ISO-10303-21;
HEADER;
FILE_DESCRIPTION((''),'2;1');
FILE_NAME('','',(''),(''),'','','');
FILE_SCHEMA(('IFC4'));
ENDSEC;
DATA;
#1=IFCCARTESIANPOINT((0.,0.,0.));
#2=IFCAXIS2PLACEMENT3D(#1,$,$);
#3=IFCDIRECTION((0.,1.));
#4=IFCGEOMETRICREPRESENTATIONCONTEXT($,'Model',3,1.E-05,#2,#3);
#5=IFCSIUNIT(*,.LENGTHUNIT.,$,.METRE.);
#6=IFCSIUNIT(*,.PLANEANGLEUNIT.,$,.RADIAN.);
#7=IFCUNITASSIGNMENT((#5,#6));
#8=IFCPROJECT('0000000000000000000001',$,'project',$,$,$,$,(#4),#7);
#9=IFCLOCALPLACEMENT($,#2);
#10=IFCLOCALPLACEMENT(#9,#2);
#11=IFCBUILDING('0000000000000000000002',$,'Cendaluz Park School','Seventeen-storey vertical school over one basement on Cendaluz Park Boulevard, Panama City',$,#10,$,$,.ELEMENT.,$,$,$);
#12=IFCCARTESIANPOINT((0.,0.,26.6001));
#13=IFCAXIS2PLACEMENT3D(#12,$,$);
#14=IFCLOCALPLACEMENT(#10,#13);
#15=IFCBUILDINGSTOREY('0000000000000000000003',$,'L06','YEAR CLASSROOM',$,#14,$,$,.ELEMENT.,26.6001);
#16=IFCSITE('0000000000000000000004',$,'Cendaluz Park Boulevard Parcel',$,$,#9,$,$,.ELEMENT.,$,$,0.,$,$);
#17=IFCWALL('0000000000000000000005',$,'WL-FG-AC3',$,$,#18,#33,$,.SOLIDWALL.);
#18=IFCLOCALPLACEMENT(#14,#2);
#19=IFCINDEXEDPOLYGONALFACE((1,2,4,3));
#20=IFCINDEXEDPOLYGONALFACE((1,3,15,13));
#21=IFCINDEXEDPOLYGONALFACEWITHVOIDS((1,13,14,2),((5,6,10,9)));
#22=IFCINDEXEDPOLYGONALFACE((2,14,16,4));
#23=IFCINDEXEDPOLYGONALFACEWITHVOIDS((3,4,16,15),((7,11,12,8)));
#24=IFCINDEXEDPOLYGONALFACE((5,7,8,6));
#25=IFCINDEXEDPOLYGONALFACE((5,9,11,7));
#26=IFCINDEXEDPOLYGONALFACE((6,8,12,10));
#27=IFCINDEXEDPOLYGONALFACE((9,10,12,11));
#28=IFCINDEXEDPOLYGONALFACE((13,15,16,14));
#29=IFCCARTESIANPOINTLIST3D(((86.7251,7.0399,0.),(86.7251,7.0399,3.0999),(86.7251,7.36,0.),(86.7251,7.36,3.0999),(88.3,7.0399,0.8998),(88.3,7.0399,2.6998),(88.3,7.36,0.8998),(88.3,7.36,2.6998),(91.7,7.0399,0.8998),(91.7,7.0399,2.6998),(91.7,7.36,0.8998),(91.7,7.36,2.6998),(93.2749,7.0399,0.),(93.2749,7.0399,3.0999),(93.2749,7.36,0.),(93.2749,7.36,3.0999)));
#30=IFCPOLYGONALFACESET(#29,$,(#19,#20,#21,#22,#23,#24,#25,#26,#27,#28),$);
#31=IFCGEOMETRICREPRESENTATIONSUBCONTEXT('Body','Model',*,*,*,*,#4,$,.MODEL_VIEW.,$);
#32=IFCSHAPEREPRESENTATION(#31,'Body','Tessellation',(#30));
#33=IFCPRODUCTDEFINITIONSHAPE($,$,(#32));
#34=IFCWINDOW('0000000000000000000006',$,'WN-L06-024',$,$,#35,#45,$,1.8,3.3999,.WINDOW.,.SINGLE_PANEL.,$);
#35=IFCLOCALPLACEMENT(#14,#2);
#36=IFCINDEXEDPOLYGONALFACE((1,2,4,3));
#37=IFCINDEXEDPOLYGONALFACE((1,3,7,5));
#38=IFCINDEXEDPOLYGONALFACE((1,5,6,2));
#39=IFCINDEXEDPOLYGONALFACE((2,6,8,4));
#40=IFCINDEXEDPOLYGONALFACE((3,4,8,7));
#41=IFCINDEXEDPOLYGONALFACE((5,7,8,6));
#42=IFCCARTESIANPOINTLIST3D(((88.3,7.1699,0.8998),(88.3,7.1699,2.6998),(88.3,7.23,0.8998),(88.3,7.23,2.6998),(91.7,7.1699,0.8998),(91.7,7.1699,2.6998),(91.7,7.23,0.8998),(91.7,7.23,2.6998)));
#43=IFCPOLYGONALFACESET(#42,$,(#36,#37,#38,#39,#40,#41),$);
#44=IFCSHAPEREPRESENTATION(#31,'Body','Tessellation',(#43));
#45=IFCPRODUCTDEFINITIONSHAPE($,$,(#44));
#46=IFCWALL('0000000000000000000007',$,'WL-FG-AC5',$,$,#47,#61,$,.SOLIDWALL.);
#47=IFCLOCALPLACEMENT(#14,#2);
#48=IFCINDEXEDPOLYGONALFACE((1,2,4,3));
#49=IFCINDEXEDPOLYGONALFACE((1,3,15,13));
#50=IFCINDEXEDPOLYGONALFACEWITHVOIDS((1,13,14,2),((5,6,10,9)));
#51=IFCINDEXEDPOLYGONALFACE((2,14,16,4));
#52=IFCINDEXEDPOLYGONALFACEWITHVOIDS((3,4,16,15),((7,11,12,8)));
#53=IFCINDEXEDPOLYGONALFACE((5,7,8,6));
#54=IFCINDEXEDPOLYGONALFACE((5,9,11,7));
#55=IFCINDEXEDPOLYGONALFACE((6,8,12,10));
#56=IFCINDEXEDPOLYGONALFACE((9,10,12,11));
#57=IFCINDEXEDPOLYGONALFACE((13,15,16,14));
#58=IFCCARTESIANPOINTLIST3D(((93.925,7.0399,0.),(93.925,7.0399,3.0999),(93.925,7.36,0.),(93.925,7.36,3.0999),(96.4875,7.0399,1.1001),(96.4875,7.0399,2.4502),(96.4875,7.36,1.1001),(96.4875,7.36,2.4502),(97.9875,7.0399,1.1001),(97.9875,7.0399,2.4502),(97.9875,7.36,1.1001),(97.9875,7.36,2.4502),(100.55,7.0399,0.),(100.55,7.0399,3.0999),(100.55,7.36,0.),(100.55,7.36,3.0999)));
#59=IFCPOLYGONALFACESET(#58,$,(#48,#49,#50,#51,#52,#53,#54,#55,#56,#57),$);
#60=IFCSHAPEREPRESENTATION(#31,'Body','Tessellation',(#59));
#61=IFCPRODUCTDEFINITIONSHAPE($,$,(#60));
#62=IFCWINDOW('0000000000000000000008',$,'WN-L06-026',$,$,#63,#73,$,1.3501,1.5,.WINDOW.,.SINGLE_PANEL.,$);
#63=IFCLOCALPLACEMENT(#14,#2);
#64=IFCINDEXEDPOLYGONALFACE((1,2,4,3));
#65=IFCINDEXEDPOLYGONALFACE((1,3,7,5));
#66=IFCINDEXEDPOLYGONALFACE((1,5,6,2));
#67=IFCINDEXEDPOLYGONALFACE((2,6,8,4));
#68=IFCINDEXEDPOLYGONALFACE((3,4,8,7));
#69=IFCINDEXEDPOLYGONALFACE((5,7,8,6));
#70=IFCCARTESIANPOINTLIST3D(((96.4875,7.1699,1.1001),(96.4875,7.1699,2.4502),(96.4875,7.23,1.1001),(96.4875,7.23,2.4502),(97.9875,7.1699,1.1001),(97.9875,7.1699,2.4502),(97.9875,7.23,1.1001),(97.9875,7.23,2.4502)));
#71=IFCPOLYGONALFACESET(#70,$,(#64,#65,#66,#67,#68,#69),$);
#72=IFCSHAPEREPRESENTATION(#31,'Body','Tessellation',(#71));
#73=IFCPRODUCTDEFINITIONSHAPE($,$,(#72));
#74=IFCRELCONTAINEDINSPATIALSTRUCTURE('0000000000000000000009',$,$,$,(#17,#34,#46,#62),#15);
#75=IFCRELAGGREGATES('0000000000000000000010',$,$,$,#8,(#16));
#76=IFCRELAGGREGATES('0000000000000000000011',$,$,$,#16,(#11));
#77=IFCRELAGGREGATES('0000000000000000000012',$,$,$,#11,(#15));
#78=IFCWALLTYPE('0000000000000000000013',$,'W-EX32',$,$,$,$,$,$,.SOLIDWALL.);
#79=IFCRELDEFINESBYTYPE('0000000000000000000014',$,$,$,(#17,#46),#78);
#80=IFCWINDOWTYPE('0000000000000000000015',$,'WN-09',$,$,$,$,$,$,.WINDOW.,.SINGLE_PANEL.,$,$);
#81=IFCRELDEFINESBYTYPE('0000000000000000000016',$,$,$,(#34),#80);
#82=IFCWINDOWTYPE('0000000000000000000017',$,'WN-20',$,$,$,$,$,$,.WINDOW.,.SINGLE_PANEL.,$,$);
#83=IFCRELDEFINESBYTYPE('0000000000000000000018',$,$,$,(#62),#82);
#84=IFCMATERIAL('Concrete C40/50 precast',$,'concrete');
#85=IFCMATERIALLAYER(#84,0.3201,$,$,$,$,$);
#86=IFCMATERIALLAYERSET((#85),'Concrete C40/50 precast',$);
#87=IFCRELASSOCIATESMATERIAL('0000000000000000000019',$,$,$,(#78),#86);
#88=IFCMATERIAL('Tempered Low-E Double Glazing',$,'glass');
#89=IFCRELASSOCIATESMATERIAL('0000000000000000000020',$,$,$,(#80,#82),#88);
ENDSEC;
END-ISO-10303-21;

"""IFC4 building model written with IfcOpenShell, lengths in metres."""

from ifc_helpers import new_model, si_unit, direction, frame, frame_2d, origin, place, context, subcontext, project, spatial, rectangle, extrude, material, layer, layer_set, type_object, element, fill, save


model = new_model("IFC4")

# Units and contexts
model_context = context("Model", 3, precision=1e-05, world=origin(), true_north=direction((0.0, 1.0)))
body_context = subcontext(model_context, "Body", "Model", "MODEL_VIEW")
ifc_project = project(units=[si_unit("LENGTHUNIT", "METRE"), si_unit("PLANEANGLEUNIT", "RADIAN")], contexts=[model_context])

# Site, building, storey
site_placement = place(None, origin())
site = spatial("IfcSite", under=ifc_project, at=site_placement, Name="Cendaluz Park Boulevard Parcel", CompositionType="ELEMENT", RefElevation=0.0)
building_placement = place(site_placement, origin())
building = spatial("IfcBuilding", under=site, at=building_placement, Name="Cendaluz Park School", Description="Seventeen-storey vertical school over one basement on Cendaluz Park Boulevard, Panama City", CompositionType="ELEMENT")
storey_placement = place(building_placement, frame((0.0, 0.0, 26.6001)))
storey = spatial("IfcBuildingStorey", under=building, at=storey_placement, Name="L06", Description="YEAR CLASSROOM", CompositionType="ELEMENT", Elevation=26.6001)

# Walls, openings, windows
ifc_material_1 = material(Name="Concrete C40/50 precast", Category="concrete")
ifc_layer_1 = layer(ifc_material_1, 0.3201)
ifc_layer_set_1 = layer_set([ifc_layer_1], Name="Concrete C40/50 precast")
wall_type_1 = type_object("IfcWallType", Name="W-EX32", PredefinedType="SOLIDWALL", material=ifc_layer_set_1)
wall_1_placement = place(storey_placement, frame((86.7251, 7.2, 0.0), z_axis=(0.0, 0.0, 1.0), x_axis=(1.0, 0.0, 0.0)))
wall_1 = element("IfcWall", 1, at=wall_1_placement, inside=storey, type_object=wall_type_1, Name="WL-FG-AC3", PredefinedType="SOLIDWALL", context=body_context, shape_type="SweptSolid", body=[
    extrude(rectangle(XDim=6.5498, YDim=0.3201, at=frame_2d((3.2749, 0.0))), origin(), (0.0, 0.0, 1.0), 3.0999),
])
opening_1_placement = place(wall_1_placement, frame((1.575, 0.0, 0.8999)))
opening_1 = element("IfcOpeningElement", 2, at=opening_1_placement, cuts=wall_1, PredefinedType="OPENING", context=body_context, shape_type="SweptSolid", body=[
    extrude(rectangle(XDim=3.3999, YDim=1.8, at=frame_2d((1.7, 0.8999))), frame((0.0, 0.1721, 0.0), z_axis=(0.0, -1.0, 0.0), x_axis=(1.0, 0.0, 0.0)), (0.0, 0.0, 1.0), 0.344),
])
ifc_material_2 = material(Name="Tempered Low-E Double Glazing", Category="glass")
window_type_1 = type_object("IfcWindowType", Name="WN-09", PartitioningType="SINGLE_PANEL", PredefinedType="WINDOW", material=ifc_material_2)
window_1_placement = place(opening_1_placement, origin())
window_1 = element("IfcWindow", 3, at=window_1_placement, inside=storey, type_object=window_type_1, Name="WN-L06-024", OverallHeight=1.8, OverallWidth=3.3999, PartitioningType="SINGLE_PANEL", PredefinedType="WINDOW", context=body_context, shape_type="SweptSolid", body=[
    extrude(rectangle(XDim=3.3999, YDim=1.8, at=frame_2d((1.7, 0.8999))), frame((0.0, 0.03, 0.0), z_axis=(0.0, -1.0, 0.0), x_axis=(1.0, 0.0, 0.0)), (0.0, 0.0, 1.0), 0.0601),
])
fill(opening_1, window_1)
wall_2_placement = place(storey_placement, frame((93.925, 7.2, 0.0), z_axis=(0.0, 0.0, 1.0), x_axis=(1.0, 0.0, 0.0)))
wall_2 = element("IfcWall", 4, at=wall_2_placement, inside=storey, type_object=wall_type_1, Name="WL-FG-AC5", PredefinedType="SOLIDWALL", context=body_context, shape_type="SweptSolid", body=[
    extrude(rectangle(XDim=6.625, YDim=0.3201, at=frame_2d((3.3125, 0.0))), origin(), (0.0, 0.0, 1.0), 3.0999),
])
opening_2_placement = place(wall_2_placement, frame((2.5625, 0.0, 1.1001)))
opening_2 = element("IfcOpeningElement", 5, at=opening_2_placement, cuts=wall_2, PredefinedType="OPENING", context=body_context, shape_type="SweptSolid", body=[
    extrude(rectangle(XDim=1.5, YDim=1.3501, at=frame_2d((0.75, 0.675))), frame((0.0, 0.1721, 0.0), z_axis=(0.0, -1.0, 0.0), x_axis=(1.0, 0.0, 0.0)), (0.0, 0.0, 1.0), 0.344),
])
window_type_2 = type_object("IfcWindowType", Name="WN-20", PartitioningType="SINGLE_PANEL", PredefinedType="WINDOW", material=ifc_material_2)
window_2_placement = place(opening_2_placement, origin())
window_2 = element("IfcWindow", 6, at=window_2_placement, inside=storey, type_object=window_type_2, Name="WN-L06-026", OverallHeight=1.3501, OverallWidth=1.5, PartitioningType="SINGLE_PANEL", PredefinedType="WINDOW", context=body_context, shape_type="SweptSolid", body=[
    extrude(rectangle(XDim=1.5, YDim=1.3501, at=frame_2d((0.75, 0.675))), frame((0.0, 0.03, 0.0), z_axis=(0.0, -1.0, 0.0), x_axis=(1.0, 0.0, 0.0)), (0.0, 0.0, 1.0), 0.0601),
])
fill(opening_2, window_2)

save(model, "model.ifc")
